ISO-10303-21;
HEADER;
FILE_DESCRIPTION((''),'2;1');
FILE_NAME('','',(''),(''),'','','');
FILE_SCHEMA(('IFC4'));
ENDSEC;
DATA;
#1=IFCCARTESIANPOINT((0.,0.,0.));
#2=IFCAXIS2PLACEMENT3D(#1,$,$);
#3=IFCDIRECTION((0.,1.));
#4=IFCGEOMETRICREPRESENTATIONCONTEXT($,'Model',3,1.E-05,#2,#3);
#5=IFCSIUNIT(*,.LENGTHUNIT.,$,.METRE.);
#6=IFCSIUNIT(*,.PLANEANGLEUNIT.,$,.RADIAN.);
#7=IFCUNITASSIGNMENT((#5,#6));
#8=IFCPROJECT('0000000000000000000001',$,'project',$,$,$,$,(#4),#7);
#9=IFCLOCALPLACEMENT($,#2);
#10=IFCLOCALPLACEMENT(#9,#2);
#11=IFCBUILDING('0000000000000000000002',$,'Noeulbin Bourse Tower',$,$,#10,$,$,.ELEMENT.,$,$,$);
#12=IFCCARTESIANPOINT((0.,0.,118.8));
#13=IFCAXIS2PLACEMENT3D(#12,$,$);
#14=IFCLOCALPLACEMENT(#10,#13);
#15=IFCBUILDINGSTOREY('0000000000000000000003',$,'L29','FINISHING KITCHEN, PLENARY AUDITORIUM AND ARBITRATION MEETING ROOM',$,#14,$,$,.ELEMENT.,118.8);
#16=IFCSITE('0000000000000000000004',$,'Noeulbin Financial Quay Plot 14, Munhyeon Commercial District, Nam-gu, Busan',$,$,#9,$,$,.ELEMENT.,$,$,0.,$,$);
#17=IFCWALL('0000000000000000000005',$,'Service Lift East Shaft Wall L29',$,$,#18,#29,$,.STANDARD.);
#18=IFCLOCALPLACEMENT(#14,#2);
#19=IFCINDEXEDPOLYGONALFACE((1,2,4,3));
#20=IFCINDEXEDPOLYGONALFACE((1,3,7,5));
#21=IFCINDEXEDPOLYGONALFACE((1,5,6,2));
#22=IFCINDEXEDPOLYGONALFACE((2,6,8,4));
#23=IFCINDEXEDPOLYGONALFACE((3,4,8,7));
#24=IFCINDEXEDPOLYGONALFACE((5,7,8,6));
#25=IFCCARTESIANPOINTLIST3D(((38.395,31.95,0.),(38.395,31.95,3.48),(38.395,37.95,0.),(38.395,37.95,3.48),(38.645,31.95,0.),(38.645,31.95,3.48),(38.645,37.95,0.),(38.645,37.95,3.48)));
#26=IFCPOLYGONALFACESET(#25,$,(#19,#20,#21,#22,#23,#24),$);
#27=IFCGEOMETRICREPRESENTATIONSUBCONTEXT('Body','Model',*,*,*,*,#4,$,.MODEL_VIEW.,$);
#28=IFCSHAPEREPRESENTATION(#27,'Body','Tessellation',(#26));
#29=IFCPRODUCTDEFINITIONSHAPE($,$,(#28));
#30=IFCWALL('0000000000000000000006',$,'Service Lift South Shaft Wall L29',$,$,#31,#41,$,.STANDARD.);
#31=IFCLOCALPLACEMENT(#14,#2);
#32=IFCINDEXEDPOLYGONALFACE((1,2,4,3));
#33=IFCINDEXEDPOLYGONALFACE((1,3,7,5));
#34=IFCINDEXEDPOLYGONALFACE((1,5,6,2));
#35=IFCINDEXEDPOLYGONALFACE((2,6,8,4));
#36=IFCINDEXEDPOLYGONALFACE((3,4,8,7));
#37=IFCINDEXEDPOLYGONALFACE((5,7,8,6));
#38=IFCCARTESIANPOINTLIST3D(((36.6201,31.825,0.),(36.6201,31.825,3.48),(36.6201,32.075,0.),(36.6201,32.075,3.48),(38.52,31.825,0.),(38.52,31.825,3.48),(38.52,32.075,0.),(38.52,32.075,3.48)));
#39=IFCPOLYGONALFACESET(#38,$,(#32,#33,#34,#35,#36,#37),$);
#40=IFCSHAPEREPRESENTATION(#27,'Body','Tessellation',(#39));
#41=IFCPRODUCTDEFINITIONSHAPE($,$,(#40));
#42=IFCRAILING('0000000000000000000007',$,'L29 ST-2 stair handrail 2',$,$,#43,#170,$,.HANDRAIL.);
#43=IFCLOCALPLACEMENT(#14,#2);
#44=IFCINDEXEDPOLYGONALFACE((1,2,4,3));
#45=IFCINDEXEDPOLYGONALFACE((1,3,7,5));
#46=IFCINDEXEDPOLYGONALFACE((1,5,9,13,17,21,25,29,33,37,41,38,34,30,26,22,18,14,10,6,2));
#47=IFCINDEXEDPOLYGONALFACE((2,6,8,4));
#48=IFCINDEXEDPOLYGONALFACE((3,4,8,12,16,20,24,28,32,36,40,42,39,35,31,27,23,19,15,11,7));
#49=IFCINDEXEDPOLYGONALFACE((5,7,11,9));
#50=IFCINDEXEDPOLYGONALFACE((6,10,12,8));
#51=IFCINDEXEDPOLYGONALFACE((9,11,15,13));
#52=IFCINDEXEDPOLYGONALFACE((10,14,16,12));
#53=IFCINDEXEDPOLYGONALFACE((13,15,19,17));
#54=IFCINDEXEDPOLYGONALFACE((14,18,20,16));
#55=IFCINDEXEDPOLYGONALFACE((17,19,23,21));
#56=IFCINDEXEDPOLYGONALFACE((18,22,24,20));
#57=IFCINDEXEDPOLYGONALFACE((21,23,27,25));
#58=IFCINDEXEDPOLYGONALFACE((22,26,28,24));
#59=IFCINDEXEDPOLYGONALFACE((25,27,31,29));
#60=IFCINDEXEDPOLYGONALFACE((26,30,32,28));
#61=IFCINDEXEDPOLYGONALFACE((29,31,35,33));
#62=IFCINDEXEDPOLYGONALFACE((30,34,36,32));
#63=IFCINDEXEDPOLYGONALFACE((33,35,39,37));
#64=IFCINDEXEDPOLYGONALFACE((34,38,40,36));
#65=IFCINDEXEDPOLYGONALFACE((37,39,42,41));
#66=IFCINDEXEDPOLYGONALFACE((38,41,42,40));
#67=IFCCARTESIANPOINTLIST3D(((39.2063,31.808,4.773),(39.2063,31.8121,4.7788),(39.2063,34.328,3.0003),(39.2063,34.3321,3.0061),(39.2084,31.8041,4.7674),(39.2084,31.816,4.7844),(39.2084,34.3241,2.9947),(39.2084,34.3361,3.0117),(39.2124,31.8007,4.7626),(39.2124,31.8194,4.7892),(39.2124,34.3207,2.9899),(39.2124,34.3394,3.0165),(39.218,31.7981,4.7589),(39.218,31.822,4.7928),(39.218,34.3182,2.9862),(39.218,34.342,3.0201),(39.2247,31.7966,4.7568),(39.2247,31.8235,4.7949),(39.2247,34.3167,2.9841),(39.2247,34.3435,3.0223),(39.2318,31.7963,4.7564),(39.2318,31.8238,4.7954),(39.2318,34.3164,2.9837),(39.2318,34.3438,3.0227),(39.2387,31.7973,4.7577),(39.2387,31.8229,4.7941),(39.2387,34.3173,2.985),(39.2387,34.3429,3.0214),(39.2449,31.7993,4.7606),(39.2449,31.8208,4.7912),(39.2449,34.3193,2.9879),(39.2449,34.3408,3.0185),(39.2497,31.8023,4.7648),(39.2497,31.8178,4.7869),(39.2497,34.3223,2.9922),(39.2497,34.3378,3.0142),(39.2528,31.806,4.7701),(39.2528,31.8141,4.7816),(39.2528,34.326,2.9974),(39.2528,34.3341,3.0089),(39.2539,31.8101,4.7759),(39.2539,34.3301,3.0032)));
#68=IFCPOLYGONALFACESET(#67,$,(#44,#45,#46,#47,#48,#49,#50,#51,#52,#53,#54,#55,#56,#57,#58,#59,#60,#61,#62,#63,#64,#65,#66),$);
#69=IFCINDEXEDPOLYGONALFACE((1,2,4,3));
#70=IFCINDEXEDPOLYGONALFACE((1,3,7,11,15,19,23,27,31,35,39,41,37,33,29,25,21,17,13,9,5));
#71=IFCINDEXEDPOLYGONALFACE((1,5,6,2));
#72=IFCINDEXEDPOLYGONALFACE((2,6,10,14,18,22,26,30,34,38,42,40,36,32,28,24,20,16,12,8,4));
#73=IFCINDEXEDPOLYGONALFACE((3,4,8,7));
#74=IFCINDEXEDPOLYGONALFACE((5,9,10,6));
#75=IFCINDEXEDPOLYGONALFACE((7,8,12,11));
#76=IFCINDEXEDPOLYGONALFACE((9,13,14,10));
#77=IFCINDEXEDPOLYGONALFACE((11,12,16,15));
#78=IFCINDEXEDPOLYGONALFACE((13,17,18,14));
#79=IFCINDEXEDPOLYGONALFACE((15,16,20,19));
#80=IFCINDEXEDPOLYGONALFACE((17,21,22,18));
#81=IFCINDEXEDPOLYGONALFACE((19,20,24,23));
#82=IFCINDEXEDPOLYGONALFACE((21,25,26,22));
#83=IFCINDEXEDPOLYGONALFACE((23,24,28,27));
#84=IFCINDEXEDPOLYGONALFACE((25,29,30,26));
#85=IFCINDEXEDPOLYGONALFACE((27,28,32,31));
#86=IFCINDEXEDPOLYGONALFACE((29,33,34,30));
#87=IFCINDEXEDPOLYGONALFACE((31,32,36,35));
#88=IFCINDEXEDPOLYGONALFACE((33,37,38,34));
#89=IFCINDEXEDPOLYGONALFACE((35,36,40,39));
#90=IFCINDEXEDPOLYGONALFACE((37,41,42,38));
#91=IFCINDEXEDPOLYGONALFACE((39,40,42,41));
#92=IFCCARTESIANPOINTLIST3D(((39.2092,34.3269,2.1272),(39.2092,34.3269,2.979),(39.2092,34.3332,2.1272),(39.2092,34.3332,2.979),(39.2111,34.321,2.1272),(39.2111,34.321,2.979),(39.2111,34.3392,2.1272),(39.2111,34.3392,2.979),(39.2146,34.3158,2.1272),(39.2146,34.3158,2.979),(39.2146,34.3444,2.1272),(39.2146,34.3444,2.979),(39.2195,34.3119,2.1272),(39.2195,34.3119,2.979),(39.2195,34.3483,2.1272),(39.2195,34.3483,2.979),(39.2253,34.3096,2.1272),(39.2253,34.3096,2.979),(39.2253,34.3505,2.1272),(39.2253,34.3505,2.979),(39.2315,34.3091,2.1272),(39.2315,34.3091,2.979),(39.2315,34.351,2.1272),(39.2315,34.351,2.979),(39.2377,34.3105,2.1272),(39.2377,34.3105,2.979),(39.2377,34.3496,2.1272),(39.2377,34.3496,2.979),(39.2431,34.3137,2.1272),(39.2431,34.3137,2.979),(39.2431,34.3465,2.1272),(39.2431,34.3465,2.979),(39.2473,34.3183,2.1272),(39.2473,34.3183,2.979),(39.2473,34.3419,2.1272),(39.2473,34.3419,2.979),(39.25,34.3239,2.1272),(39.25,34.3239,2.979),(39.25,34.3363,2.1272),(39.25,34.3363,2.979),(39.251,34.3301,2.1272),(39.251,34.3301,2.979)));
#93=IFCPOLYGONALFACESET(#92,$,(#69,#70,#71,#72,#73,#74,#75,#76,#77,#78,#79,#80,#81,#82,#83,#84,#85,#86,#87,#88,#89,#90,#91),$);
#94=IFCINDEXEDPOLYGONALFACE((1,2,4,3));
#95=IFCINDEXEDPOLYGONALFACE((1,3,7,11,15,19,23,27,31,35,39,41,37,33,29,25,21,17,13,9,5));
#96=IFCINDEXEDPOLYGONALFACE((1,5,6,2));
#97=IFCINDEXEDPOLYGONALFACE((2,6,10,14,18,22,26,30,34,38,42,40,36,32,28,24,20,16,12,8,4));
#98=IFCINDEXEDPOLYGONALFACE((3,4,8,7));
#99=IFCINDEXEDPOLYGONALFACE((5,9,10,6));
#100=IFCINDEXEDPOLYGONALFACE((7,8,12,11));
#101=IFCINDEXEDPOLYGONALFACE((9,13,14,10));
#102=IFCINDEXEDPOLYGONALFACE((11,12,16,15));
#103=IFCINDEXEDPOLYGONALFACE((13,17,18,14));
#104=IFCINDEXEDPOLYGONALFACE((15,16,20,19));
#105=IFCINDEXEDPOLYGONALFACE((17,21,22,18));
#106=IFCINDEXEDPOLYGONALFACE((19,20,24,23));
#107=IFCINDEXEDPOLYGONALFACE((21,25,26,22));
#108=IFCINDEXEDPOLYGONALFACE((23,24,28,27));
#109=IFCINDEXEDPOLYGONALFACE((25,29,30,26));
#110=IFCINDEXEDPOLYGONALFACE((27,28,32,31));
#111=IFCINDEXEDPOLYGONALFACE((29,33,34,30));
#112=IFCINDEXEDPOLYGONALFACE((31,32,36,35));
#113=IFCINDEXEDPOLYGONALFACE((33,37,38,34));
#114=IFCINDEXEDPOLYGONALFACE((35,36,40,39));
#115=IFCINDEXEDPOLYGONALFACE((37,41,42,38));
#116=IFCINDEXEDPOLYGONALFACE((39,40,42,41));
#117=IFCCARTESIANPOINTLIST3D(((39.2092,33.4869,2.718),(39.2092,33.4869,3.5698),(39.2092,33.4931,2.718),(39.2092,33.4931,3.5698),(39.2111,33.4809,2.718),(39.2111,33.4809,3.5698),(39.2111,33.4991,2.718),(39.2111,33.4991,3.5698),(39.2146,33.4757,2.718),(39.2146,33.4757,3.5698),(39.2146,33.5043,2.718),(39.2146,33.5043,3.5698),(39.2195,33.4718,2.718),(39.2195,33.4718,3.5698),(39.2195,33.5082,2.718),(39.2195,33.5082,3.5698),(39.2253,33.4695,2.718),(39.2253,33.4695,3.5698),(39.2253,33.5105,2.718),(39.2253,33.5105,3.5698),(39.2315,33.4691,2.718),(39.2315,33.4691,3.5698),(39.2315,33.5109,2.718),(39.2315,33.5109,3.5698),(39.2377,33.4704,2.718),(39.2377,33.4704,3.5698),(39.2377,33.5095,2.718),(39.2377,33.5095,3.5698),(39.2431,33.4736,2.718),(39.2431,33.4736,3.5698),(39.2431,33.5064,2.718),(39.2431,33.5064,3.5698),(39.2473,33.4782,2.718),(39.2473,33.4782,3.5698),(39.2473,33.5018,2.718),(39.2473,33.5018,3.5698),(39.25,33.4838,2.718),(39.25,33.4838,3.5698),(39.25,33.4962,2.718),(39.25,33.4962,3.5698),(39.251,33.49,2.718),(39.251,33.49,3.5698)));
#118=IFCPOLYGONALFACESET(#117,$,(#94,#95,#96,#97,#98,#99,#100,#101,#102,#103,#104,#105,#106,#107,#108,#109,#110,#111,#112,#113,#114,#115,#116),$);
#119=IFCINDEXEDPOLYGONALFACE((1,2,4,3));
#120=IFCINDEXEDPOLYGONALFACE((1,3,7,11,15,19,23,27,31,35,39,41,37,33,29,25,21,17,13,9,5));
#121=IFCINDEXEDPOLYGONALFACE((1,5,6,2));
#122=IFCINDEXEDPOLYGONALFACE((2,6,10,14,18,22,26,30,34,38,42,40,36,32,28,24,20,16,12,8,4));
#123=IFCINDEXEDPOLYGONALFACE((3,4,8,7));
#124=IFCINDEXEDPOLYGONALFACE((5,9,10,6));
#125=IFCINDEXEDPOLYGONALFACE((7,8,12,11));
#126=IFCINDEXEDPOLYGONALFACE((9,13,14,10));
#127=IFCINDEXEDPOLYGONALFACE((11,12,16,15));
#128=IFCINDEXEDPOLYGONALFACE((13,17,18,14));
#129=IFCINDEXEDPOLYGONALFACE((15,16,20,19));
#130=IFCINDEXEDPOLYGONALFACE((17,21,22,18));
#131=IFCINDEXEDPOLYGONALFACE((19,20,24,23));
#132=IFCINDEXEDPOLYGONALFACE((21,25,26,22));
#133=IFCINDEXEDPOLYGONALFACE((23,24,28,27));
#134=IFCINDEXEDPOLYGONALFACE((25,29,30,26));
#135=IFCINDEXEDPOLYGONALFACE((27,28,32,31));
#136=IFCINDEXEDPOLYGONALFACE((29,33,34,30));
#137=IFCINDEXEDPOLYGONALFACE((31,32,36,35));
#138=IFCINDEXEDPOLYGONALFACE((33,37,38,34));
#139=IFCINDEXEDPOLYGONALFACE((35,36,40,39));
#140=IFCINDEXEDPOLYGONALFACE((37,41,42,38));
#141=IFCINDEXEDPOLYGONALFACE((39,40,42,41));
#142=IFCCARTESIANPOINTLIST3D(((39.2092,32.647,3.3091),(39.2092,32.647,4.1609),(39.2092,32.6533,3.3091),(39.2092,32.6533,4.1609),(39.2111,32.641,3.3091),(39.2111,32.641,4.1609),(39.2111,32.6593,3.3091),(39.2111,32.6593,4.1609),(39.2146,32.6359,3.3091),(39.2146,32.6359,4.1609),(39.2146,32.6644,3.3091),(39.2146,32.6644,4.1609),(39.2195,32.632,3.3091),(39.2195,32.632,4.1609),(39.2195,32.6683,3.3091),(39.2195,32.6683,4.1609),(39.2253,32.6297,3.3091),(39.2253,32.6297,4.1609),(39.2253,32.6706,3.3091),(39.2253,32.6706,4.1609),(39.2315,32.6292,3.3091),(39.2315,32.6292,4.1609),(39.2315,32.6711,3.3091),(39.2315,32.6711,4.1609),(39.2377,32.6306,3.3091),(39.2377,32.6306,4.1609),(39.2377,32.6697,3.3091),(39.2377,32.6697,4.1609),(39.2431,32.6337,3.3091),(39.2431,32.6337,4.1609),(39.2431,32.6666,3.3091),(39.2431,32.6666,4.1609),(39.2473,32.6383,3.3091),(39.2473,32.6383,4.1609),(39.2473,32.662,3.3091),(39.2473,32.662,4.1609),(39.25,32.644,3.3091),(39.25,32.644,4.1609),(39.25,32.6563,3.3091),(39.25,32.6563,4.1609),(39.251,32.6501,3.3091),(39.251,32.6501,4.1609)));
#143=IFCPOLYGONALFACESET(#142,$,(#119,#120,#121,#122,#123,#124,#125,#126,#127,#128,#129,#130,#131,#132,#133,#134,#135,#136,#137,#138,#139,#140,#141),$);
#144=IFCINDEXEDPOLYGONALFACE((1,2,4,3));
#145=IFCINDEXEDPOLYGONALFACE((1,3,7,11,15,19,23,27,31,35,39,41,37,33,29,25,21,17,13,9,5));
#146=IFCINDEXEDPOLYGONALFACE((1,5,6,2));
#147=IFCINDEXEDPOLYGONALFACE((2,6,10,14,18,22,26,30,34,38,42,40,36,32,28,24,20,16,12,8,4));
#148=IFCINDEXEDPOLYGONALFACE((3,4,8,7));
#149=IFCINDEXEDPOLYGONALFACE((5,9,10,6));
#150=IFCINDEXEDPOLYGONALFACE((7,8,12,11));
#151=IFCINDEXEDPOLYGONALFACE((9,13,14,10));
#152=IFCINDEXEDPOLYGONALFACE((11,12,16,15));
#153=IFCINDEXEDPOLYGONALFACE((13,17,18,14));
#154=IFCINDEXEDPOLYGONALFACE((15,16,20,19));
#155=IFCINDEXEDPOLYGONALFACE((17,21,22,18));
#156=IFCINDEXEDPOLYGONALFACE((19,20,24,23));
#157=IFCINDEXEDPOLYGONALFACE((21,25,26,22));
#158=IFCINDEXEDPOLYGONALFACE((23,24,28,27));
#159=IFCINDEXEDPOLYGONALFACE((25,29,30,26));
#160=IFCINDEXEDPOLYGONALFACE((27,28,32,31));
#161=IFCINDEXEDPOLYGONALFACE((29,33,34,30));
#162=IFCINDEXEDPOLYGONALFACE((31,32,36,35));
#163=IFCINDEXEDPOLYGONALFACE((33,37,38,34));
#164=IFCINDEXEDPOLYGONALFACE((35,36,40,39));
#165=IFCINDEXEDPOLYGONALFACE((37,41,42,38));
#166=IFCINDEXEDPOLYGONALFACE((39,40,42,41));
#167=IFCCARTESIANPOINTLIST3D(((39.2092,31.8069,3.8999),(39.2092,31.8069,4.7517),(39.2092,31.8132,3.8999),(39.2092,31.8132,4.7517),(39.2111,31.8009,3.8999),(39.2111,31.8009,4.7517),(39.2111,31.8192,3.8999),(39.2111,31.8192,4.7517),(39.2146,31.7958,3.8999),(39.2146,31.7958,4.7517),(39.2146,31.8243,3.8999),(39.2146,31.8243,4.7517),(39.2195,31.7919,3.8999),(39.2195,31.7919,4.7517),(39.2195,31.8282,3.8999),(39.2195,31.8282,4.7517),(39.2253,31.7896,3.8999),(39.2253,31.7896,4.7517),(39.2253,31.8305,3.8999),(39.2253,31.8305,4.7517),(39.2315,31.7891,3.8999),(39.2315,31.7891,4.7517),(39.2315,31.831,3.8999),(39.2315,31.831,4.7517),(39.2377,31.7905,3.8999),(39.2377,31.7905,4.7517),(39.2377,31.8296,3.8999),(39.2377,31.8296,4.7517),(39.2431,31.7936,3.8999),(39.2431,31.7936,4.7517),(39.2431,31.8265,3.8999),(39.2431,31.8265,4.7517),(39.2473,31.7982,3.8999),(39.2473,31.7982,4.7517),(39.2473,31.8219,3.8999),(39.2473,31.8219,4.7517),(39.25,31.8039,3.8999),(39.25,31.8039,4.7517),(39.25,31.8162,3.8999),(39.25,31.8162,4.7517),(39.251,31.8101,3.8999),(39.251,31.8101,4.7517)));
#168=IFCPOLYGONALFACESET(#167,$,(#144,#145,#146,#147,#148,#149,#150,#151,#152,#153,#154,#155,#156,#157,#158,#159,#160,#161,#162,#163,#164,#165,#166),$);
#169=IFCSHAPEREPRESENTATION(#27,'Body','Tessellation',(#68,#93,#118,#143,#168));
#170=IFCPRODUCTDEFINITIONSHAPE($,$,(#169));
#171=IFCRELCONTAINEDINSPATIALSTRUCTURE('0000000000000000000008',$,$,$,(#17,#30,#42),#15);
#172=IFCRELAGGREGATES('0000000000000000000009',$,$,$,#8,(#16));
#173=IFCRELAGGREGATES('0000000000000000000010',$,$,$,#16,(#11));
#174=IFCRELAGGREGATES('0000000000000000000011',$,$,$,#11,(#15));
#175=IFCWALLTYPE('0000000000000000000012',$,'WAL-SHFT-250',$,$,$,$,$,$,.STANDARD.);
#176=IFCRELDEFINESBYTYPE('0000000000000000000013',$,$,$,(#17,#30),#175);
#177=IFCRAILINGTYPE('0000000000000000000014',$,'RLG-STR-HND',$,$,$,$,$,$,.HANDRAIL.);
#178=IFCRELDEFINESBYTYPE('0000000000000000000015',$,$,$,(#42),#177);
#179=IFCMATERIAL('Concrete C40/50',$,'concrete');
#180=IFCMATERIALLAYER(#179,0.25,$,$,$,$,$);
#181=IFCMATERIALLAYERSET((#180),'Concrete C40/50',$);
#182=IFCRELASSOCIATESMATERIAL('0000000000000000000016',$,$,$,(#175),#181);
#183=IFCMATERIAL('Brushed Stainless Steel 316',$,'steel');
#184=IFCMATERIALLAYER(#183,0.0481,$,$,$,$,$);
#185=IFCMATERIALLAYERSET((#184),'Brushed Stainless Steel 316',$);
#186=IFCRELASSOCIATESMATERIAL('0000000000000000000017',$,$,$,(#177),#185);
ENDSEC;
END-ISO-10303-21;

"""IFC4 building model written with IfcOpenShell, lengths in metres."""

from ifc_helpers import new_model, si_unit, direction, frame, frame_2d, origin, origin_2d, place, context, subcontext, project, spatial, rectangle, circle, extrude, material, layer, layer_set, type_object, element, save


model = new_model("IFC4")

# Units and contexts
model_context = context("Model", 3, precision=1e-05, world=origin(), true_north=direction((0.0, 1.0)))
body_context = subcontext(model_context, "Body", "Model", "MODEL_VIEW")
ifc_project = project(units=[si_unit("LENGTHUNIT", "METRE"), si_unit("PLANEANGLEUNIT", "RADIAN")], contexts=[model_context])

# Site, building, storey
site_placement = place(None, origin())
site = spatial("IfcSite", under=ifc_project, at=site_placement, Name="Noeulbin Financial Quay Plot 14, Munhyeon Commercial District, Nam-gu, Busan", CompositionType="ELEMENT", RefElevation=0.0)
building_placement = place(site_placement, origin())
building = spatial("IfcBuilding", under=site, at=building_placement, Name="Noeulbin Bourse Tower", CompositionType="ELEMENT")
storey_placement = place(building_placement, frame((0.0, 0.0, 118.8)))
storey = spatial("IfcBuildingStorey", under=building, at=storey_placement, Name="L29", Description="FINISHING KITCHEN, PLENARY AUDITORIUM AND ARBITRATION MEETING ROOM", CompositionType="ELEMENT", Elevation=118.8)

# Shared definitions
ifc_material_1 = material(Name="Concrete C40/50", Category="concrete")

# Shared definitions
ifc_layer_1 = layer(ifc_material_1, 0.25)
ifc_layer_set_1 = layer_set([ifc_layer_1], Name="Concrete C40/50")
wall_type_1 = type_object("IfcWallType", Name="WAL-SHFT-250", PredefinedType="STANDARD", material=ifc_layer_set_1)

# Shared definitions
ifc_material_2 = material(Name="Brushed Stainless Steel 316", Category="steel")

# Walls
wall_1_placement = place(storey_placement, frame((38.52, 31.95, 0.0), z_axis=(0.0, 0.0, 1.0), x_axis=(0.0, 1.0, 0.0)))
element("IfcWall", 1, at=wall_1_placement, inside=storey, type_object=wall_type_1, Name="Service Lift East Shaft Wall L29", PredefinedType="STANDARD", context=body_context, shape_type="SweptSolid", body=[
    extrude(rectangle(XDim=6.0, YDim=0.25, at=frame_2d((3.0, 0.0))), origin(), (0.0, 0.0, 1.0), 3.48),
])
wall_2_placement = place(storey_placement, frame((36.6201, 31.95, 0.0), z_axis=(0.0, 0.0, 1.0), x_axis=(1.0, 0.0, 0.0)))
element("IfcWall", 2, at=wall_2_placement, inside=storey, type_object=wall_type_1, Name="Service Lift South Shaft Wall L29", PredefinedType="STANDARD", context=body_context, shape_type="SweptSolid", body=[
    extrude(rectangle(XDim=1.8999, YDim=0.25, at=frame_2d((0.95, 0.0))), origin(), (0.0, 0.0, 1.0), 3.48),
])

# Railing
ifc_layer_2 = layer(ifc_material_2, 0.0481)
ifc_layer_set_2 = layer_set([ifc_layer_2], Name="Brushed Stainless Steel 316")
railing_type = type_object("IfcRailingType", Name="RLG-STR-HND", PredefinedType="HANDRAIL", material=ifc_layer_set_2)
railing_placement = place(storey_placement, frame((39.23, 34.3301, 2.1272)))
element("IfcRailing", 3, at=railing_placement, inside=storey, type_object=railing_type, Name="L29 ST-2 stair handrail 2", PredefinedType="HANDRAIL", context=body_context, shape_type="SweptSolid", body=[
    extrude(circle(Radius=0.0239, at=origin_2d()), frame((0.0, 0.0, 0.876), z_axis=(0.0, -0.817904, 0.575354), x_axis=(1.0, 0.0, 0.0)), (0.0, 0.0, 1.0), 3.0811),
    extrude(circle(Radius=0.021, at=origin_2d()), origin(), (0.0, 0.0, 1.0), 0.8518),
    extrude(circle(Radius=0.021, at=origin_2d()), frame((0.0, -0.8401, 0.5908)), (0.0, 0.0, 1.0), 0.8518),
    extrude(circle(Radius=0.021, at=origin_2d()), frame((0.0, -1.6799, 1.1819)), (0.0, 0.0, 1.0), 0.8518),
    extrude(circle(Radius=0.021, at=origin_2d()), frame((0.0, -2.52, 1.7727)), (0.0, 0.0, 1.0), 0.8518),
])

save(model, "model.ifc")
